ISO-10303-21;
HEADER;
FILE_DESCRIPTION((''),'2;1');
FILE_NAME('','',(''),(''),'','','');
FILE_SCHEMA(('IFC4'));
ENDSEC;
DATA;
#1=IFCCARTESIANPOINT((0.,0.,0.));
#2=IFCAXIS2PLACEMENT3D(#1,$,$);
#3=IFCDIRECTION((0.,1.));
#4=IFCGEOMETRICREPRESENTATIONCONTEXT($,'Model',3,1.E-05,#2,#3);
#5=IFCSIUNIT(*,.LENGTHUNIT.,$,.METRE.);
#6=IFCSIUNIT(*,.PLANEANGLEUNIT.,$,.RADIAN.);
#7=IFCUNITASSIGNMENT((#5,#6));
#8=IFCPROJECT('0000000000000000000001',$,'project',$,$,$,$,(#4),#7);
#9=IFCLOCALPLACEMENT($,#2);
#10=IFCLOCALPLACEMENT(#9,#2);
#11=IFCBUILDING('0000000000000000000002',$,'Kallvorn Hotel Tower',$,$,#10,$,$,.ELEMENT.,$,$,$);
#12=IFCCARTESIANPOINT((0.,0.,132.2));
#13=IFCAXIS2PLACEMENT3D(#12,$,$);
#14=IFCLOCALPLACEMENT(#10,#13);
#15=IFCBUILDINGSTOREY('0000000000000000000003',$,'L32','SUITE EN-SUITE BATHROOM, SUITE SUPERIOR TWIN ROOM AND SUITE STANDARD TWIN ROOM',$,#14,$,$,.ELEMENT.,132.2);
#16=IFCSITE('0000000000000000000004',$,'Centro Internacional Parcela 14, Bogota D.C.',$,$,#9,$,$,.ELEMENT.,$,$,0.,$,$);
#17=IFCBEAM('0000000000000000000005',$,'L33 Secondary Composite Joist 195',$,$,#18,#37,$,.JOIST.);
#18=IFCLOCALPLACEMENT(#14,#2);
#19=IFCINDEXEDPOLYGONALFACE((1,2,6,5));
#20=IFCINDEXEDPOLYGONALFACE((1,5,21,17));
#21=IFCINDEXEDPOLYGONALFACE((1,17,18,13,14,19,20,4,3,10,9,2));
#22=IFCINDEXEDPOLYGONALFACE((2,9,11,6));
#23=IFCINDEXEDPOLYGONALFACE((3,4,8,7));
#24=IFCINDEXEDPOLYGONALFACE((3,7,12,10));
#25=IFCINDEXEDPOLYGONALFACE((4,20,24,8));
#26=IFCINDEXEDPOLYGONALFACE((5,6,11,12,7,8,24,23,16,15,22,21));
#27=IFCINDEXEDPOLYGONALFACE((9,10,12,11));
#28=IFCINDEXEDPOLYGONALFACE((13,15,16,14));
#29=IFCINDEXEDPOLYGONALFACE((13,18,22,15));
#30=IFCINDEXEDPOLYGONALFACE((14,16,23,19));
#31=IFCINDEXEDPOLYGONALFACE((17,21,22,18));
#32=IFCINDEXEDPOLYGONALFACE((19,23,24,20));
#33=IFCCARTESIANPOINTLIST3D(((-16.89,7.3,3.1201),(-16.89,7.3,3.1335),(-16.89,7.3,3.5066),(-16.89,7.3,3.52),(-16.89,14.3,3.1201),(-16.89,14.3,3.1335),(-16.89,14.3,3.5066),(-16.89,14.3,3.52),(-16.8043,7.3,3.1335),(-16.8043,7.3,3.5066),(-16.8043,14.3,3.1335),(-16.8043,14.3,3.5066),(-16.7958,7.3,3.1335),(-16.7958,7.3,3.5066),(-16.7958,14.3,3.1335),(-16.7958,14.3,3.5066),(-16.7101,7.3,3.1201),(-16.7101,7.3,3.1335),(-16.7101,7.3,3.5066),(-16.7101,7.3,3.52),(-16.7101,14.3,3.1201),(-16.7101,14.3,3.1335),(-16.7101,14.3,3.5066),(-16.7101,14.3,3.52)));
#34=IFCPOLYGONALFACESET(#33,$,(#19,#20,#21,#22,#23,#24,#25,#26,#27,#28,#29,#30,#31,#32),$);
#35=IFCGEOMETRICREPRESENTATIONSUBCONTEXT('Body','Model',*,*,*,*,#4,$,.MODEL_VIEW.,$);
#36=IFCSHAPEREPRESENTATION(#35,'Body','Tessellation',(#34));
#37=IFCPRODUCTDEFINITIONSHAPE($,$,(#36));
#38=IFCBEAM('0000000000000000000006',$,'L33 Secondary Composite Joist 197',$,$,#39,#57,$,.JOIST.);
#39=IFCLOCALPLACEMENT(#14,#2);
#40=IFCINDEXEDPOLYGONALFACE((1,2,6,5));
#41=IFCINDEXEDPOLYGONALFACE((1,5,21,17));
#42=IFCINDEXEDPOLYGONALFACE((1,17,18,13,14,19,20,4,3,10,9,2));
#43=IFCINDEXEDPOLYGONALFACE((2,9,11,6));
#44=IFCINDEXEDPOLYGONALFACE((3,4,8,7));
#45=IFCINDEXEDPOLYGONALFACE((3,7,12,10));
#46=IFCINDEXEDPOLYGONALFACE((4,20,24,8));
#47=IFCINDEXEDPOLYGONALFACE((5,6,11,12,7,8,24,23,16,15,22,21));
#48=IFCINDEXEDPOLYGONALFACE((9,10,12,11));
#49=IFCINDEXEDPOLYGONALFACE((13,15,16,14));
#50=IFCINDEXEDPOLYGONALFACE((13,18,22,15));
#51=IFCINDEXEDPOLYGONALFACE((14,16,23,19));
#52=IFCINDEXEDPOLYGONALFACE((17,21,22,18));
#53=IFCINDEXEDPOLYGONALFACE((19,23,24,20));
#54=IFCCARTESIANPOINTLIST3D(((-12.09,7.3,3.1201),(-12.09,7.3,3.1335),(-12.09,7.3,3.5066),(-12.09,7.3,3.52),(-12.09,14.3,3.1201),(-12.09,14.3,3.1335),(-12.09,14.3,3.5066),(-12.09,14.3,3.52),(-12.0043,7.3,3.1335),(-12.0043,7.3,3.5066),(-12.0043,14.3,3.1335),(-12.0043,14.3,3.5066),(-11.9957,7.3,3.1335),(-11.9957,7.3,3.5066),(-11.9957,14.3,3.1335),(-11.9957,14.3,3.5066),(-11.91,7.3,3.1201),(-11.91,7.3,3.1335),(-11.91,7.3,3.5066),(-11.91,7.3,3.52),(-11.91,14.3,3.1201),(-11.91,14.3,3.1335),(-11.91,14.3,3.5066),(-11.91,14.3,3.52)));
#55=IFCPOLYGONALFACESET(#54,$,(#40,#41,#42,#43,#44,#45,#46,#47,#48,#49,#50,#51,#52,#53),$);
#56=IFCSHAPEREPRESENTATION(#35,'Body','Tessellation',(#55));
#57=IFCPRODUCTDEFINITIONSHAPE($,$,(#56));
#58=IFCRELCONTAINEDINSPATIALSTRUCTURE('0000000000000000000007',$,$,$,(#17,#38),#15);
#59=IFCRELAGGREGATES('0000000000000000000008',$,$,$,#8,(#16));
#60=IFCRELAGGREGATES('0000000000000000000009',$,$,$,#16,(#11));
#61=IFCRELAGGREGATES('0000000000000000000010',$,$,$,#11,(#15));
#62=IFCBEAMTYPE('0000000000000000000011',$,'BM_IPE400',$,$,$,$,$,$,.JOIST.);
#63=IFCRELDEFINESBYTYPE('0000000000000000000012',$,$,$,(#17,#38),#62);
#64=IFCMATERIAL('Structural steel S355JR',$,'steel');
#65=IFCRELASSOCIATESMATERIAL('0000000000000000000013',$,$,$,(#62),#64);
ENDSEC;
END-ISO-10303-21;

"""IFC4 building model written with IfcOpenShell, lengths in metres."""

from ifc_helpers import new_model, si_unit, direction, frame, origin, origin_2d, place, context, subcontext, project, spatial, i_section, extrude, material, material_profile, profile_set, type_object, element, save


model = new_model("IFC4")

# Units and contexts
model_context = context("Model", 3, precision=1e-05, world=origin(), true_north=direction((0.0, 1.0)))
body_context = subcontext(model_context, "Body", "Model", "MODEL_VIEW")
ifc_project = project(units=[si_unit("LENGTHUNIT", "METRE"), si_unit("PLANEANGLEUNIT", "RADIAN")], contexts=[model_context])

# Site, building, storey
site_placement = place(None, origin())
site = spatial("IfcSite", under=ifc_project, at=site_placement, Name="Centro Internacional Parcela 14, Bogota D.C.", CompositionType="ELEMENT", RefElevation=0.0)
building_placement = place(site_placement, origin())
building = spatial("IfcBuilding", under=site, at=building_placement, Name="Kallvorn Hotel Tower", CompositionType="ELEMENT")
storey_placement = place(building_placement, frame((0.0, 0.0, 132.2)))
storey = spatial("IfcBuildingStorey", under=building, at=storey_placement, Name="L32", Description="SUITE EN-SUITE BATHROOM, SUITE SUPERIOR TWIN ROOM AND SUITE STANDARD TWIN ROOM", CompositionType="ELEMENT", Elevation=132.2)

# Beams
ifc_material_1 = material(Name="Structural steel S355JR", Category="steel")
ifc_material_profile_1 = material_profile(ifc_material_1, i_section(OverallWidth=0.1799, OverallDepth=0.3999, WebThickness=0.0085, FlangeThickness=0.0134, at=origin_2d()), Name="IPE 400")
ifc_profile_set_1 = profile_set([ifc_material_profile_1], Name="Structural steel S355JR")
beam_type_1 = type_object("IfcBeamType", Name="BM_IPE400", PredefinedType="JOIST", material=ifc_profile_set_1)
for number, where, z_axis, x_axis, name in (
    (1, (-16.8, 7.3, 3.3201), (0.0, 1.0, 0.0), (-1.0, 0.0, 0.0), "L33 Secondary Composite Joist 195"),
    (2, (-12.0, 7.3, 3.3201), (0.0, 1.0, 0.0), (-1.0, 0.0, 0.0), "L33 Secondary Composite Joist 197"),
):
    element("IfcBeam", number, at=place(storey_placement, frame(where, z_axis=z_axis, x_axis=x_axis)), inside=storey, type_object=beam_type_1, Name=name, PredefinedType="JOIST", context=body_context, shape_type="SweptSolid", body=[
        extrude(i_section(OverallWidth=0.1799, OverallDepth=0.3999, WebThickness=0.0085, FlangeThickness=0.0134, at=origin_2d()), origin(), (0.0, 0.0, 1.0), 7.0),
    ])

save(model, "model.ifc")
